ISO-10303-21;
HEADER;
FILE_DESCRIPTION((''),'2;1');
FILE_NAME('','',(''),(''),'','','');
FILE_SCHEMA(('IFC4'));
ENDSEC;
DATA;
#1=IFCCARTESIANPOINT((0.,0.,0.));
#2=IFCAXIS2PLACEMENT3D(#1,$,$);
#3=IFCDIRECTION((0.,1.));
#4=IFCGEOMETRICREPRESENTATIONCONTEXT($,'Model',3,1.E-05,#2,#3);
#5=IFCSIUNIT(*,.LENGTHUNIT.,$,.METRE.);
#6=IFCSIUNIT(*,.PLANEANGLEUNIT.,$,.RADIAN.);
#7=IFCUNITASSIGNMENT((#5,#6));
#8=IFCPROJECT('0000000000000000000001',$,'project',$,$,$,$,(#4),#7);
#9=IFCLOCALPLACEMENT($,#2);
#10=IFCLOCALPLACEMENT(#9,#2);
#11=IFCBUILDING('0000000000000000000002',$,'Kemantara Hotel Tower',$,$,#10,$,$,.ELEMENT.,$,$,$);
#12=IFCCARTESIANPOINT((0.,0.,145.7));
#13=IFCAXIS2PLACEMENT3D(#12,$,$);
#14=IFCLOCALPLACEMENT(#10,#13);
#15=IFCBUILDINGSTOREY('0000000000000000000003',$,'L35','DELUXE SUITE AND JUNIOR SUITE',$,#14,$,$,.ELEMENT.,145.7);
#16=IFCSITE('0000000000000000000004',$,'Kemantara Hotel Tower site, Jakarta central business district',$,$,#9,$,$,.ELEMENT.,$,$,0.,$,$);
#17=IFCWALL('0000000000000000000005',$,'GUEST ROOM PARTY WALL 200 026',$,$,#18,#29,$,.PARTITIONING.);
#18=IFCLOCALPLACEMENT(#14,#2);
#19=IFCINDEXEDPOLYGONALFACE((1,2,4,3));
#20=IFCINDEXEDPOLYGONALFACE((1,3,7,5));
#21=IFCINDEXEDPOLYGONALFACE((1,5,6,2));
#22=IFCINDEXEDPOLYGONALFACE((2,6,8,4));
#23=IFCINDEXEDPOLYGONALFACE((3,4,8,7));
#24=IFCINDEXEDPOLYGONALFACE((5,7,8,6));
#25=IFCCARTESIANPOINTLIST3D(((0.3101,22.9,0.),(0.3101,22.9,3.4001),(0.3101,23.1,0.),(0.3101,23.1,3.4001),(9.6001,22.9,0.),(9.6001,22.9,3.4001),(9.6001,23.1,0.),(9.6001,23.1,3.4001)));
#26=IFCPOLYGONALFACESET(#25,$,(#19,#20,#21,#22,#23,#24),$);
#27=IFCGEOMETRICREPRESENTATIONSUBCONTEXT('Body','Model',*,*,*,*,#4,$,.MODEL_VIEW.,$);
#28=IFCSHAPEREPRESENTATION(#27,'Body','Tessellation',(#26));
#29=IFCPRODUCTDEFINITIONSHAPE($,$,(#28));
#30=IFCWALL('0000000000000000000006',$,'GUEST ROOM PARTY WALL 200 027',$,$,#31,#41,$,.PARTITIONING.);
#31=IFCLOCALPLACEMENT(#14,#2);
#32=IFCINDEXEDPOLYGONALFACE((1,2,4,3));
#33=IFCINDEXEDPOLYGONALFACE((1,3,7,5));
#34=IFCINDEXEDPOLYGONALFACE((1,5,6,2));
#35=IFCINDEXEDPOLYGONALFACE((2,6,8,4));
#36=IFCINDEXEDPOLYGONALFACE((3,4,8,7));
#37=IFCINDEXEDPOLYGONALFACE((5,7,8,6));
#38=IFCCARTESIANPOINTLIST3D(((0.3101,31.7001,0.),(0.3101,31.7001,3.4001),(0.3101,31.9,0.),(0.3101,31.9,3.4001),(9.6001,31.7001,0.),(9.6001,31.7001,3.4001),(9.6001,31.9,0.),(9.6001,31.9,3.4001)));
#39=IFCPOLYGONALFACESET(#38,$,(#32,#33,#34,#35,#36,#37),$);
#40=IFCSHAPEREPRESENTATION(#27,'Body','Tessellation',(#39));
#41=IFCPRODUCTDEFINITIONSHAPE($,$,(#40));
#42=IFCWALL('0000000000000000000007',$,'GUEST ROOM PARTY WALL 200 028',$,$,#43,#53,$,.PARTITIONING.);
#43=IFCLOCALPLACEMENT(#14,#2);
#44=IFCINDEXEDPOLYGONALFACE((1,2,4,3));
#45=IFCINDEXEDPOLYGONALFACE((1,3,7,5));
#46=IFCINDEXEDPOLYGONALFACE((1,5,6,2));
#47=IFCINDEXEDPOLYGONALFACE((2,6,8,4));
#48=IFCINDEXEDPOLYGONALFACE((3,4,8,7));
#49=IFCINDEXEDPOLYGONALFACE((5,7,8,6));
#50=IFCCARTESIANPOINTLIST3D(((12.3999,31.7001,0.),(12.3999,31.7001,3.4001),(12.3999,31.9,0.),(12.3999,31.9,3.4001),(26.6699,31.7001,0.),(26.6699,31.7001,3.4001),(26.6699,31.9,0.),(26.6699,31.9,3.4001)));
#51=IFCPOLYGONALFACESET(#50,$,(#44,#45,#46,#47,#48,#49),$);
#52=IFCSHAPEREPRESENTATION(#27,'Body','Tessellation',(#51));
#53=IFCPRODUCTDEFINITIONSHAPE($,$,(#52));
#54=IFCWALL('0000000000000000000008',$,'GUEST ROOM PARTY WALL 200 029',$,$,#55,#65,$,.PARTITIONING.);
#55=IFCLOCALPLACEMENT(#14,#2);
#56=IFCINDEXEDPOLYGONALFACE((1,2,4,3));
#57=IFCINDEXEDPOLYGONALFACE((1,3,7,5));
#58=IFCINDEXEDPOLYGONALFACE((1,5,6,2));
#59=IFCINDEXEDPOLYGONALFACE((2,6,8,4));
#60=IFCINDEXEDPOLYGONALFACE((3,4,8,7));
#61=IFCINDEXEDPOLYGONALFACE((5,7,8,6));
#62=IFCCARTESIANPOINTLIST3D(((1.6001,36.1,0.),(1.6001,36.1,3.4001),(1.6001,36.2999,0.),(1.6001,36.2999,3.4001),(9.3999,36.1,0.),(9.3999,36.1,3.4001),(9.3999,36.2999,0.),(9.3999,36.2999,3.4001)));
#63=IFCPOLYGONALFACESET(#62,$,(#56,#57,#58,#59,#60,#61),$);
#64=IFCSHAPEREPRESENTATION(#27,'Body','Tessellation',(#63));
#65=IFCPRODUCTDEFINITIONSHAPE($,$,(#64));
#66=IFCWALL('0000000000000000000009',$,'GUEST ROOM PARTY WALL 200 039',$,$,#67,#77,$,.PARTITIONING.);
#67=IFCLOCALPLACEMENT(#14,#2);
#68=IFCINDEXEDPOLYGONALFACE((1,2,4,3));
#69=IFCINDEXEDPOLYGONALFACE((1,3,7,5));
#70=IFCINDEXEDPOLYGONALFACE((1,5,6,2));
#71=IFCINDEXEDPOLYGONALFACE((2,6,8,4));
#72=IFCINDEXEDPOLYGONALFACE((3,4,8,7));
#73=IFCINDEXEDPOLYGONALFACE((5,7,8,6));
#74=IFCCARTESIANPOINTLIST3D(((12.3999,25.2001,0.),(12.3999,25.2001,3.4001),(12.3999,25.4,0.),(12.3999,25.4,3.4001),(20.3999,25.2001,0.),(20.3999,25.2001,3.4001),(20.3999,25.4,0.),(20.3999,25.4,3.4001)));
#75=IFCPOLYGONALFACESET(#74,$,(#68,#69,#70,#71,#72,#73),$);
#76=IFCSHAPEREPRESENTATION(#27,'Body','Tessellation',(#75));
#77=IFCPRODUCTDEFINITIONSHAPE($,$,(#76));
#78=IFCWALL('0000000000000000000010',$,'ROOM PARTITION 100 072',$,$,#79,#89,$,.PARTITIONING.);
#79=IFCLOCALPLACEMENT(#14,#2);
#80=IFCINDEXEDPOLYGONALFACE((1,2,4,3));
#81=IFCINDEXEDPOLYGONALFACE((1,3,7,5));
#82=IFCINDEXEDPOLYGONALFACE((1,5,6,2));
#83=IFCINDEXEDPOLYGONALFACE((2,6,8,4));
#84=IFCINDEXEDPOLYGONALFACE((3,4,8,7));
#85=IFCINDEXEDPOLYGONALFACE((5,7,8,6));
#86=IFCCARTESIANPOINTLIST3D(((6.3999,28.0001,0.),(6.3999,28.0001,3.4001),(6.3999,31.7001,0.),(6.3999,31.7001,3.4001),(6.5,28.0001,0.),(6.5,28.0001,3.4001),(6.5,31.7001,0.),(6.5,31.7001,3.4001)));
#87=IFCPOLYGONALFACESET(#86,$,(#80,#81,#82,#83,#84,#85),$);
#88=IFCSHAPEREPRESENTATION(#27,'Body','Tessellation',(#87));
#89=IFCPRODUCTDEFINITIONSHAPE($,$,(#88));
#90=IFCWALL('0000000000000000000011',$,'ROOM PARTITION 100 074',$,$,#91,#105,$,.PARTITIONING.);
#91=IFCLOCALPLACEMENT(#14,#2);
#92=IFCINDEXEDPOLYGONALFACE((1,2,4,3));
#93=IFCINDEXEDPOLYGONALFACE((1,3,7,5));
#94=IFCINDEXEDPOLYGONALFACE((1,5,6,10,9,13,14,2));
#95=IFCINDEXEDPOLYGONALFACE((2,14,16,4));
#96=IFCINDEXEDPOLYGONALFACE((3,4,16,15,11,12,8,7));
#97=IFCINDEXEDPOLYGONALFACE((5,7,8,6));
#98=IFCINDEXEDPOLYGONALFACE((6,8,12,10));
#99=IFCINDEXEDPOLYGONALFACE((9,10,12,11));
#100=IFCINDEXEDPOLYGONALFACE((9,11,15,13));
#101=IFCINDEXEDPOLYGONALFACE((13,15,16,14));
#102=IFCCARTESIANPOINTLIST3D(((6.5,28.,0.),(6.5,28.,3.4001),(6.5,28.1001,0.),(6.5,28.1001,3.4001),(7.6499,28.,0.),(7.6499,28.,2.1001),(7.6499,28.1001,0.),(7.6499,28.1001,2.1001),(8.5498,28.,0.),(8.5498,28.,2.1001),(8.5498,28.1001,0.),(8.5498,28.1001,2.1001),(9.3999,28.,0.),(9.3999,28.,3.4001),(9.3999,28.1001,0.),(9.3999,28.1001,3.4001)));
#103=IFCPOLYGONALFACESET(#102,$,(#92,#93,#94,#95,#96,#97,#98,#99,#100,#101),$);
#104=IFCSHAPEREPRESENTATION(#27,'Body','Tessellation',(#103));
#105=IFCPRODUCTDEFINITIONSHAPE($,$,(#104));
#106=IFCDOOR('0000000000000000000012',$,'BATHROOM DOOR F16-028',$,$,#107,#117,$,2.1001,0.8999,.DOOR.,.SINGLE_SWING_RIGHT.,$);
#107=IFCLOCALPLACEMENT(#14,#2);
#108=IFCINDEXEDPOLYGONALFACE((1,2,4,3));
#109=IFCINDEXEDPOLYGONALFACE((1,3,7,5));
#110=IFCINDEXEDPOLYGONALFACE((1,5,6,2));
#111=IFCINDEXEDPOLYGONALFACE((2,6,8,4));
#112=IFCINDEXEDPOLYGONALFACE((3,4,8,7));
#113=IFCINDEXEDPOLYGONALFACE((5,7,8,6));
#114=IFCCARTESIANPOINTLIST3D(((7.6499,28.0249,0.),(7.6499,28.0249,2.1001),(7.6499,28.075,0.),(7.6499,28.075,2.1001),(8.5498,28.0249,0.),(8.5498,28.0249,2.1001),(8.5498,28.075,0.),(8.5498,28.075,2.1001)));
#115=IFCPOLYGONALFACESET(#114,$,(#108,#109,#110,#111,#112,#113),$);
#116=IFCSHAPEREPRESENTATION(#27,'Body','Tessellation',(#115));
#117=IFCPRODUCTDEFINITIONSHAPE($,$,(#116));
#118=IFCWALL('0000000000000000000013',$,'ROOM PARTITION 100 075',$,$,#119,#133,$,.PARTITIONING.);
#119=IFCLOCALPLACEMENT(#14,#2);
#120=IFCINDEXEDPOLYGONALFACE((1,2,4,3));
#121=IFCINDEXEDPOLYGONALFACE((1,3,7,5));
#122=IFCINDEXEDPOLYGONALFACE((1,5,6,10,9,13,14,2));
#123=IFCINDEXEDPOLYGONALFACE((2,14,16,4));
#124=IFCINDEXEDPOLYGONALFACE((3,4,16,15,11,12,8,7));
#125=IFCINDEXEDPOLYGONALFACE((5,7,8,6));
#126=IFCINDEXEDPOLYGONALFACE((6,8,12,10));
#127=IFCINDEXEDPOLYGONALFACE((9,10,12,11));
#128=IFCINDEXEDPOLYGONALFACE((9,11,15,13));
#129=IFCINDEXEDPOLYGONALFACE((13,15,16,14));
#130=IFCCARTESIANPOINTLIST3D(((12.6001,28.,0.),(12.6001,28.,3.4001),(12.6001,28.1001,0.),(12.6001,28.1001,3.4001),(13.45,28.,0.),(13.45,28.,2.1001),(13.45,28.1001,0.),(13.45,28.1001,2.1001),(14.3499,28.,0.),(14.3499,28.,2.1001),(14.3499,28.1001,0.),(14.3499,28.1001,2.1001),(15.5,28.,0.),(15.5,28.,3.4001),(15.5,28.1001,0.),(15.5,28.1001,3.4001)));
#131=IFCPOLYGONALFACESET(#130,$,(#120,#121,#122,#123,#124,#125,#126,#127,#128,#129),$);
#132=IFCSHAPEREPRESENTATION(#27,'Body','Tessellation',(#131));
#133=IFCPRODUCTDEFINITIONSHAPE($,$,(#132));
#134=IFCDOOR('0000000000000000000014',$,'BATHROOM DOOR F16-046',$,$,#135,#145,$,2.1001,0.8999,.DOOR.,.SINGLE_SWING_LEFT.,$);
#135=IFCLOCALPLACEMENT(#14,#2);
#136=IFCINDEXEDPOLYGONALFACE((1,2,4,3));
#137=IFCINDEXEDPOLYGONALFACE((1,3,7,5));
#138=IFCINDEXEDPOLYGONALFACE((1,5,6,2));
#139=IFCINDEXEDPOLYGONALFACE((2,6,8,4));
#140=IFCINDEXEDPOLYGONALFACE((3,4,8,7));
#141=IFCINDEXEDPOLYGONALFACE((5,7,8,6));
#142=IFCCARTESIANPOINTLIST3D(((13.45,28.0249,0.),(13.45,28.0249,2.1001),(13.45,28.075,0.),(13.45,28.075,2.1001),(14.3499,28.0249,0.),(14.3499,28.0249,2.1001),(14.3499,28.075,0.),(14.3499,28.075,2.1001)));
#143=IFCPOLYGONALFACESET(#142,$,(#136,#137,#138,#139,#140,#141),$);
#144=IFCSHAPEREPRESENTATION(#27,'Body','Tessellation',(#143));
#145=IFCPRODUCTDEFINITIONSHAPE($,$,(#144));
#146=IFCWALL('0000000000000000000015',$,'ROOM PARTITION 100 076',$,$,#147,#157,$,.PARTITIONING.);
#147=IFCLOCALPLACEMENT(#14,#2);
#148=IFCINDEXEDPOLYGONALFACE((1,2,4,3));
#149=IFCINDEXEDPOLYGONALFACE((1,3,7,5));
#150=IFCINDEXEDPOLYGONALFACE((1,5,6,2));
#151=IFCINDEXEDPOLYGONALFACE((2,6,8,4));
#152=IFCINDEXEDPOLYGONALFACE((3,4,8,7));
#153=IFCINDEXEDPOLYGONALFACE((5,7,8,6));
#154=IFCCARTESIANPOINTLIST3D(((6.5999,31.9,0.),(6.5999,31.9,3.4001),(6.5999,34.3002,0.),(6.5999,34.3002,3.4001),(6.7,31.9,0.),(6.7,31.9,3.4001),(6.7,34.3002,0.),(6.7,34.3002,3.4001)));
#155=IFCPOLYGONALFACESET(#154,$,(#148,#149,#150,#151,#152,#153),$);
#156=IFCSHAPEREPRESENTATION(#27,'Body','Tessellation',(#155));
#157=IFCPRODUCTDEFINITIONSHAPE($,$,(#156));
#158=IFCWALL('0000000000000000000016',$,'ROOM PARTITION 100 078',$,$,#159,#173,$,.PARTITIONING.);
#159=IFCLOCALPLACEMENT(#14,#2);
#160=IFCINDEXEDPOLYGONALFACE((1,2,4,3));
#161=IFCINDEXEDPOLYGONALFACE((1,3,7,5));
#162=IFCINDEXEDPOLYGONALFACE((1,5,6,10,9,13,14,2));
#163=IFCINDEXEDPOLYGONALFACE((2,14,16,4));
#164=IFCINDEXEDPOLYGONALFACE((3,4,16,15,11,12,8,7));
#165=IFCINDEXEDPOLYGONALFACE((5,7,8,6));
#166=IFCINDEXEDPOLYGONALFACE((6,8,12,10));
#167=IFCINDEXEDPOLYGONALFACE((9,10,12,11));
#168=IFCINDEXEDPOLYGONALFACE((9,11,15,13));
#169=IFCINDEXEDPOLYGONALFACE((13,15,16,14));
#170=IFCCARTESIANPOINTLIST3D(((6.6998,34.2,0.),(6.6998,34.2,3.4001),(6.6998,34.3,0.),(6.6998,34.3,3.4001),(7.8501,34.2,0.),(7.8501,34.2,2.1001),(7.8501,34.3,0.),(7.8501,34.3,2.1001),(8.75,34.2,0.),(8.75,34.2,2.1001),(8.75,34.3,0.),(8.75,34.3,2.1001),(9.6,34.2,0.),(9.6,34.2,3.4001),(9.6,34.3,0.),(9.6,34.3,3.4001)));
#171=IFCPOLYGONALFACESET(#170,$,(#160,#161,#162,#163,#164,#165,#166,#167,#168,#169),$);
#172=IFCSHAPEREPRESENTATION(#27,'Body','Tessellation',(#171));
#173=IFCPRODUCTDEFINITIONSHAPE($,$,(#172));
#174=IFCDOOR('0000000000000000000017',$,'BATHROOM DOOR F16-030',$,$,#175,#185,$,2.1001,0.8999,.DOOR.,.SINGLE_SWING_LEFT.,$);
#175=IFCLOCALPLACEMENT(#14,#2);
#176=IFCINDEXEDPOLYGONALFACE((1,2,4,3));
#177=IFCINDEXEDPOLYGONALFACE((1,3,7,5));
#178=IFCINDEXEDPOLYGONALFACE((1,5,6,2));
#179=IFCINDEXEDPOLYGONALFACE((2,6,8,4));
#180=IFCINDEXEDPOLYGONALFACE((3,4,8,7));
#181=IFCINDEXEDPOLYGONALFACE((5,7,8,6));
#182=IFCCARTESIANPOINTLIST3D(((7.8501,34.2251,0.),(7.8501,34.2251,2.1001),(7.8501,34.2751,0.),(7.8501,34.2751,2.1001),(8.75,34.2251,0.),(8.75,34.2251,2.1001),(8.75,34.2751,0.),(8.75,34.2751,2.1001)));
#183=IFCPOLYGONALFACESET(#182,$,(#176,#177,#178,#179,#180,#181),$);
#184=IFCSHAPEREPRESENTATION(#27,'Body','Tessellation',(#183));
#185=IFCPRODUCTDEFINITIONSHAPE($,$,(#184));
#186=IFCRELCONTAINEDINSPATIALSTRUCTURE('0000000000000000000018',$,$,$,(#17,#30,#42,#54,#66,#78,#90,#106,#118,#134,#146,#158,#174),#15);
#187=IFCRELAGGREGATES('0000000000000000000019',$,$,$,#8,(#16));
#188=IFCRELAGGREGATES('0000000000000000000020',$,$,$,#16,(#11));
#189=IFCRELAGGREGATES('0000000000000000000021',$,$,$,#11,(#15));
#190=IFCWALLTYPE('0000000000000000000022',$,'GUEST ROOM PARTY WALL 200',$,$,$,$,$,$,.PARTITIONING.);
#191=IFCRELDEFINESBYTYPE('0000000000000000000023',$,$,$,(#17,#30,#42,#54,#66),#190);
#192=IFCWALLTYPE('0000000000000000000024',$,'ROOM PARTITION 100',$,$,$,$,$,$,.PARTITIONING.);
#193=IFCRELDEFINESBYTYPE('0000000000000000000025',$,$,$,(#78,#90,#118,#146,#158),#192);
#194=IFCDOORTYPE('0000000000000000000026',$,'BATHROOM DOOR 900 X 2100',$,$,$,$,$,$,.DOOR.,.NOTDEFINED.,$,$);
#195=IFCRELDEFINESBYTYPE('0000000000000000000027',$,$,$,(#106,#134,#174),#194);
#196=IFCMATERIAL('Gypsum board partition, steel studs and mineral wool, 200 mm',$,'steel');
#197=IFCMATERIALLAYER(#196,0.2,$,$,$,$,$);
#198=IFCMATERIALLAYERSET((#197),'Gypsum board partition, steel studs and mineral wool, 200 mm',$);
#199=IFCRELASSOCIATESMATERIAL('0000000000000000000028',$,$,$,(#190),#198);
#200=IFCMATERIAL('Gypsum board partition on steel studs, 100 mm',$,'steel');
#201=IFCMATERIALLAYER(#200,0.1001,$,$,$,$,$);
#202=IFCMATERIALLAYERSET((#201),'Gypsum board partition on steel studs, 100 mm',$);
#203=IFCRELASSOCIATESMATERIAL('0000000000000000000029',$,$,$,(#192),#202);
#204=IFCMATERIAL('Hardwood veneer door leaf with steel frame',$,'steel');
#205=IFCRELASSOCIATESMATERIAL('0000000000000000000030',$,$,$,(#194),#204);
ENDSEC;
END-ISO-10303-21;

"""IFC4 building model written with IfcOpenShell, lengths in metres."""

from ifc_helpers import new_model, si_unit, direction, frame, frame_2d, origin, place, context, subcontext, project, spatial, rectangle, extrude, material, layer, layer_set, type_object, element, fill, save


model = new_model("IFC4")

# Units and contexts
model_context = context("Model", 3, precision=1e-05, world=origin(), true_north=direction((0.0, 1.0)))
body_context = subcontext(model_context, "Body", "Model", "MODEL_VIEW")
ifc_project = project(units=[si_unit("LENGTHUNIT", "METRE"), si_unit("PLANEANGLEUNIT", "RADIAN")], contexts=[model_context])

# Site, building, storey
site_placement = place(None, origin())
site = spatial("IfcSite", under=ifc_project, at=site_placement, Name="Kemantara Hotel Tower site, Jakarta central business district", CompositionType="ELEMENT", RefElevation=0.0)
building_placement = place(site_placement, origin())
building = spatial("IfcBuilding", under=site, at=building_placement, Name="Kemantara Hotel Tower", CompositionType="ELEMENT")
storey_placement = place(building_placement, frame((0.0, 0.0, 145.7)))
storey = spatial("IfcBuildingStorey", under=building, at=storey_placement, Name="L35", Description="DELUXE SUITE AND JUNIOR SUITE", CompositionType="ELEMENT", Elevation=145.7)

# Shared definitions
ifc_material_1 = material(Name="Gypsum board partition, steel studs and mineral wool, 200 mm", Category="steel")
ifc_material_2 = material(Name="Hardwood veneer door leaf with steel frame", Category="steel")

# Walls
ifc_layer_1 = layer(ifc_material_1, 0.2)
ifc_layer_set_1 = layer_set([ifc_layer_1], Name="Gypsum board partition, steel studs and mineral wool, 200 mm")
wall_type_1 = type_object("IfcWallType", Name="GUEST ROOM PARTY WALL 200", PredefinedType="PARTITIONING", material=ifc_layer_set_1)
for number, where, z_axis, x_axis, name in (
    (1, (0.3101, 23.0, 0.0), (0.0, 0.0, 1.0), (1.0, 0.0, 0.0), "GUEST ROOM PARTY WALL 200 026"),
    (2, (0.3101, 31.8, 0.0), (0.0, 0.0, 1.0), (1.0, 0.0, 0.0), "GUEST ROOM PARTY WALL 200 027"),
):
    element("IfcWall", number, at=place(storey_placement, frame(where, z_axis=z_axis, x_axis=x_axis)), inside=storey, type_object=wall_type_1, Name=name, PredefinedType="PARTITIONING", context=body_context, shape_type="SweptSolid", body=[
        extrude(rectangle(XDim=9.29, YDim=0.2, at=frame_2d((4.645, 0.0))), origin(), (0.0, 0.0, 1.0), 3.4001),
    ])
wall_1_placement = place(storey_placement, frame((12.3999, 31.8, 0.0), z_axis=(0.0, 0.0, 1.0), x_axis=(1.0, 0.0, 0.0)))
element("IfcWall", 3, at=wall_1_placement, inside=storey, type_object=wall_type_1, Name="GUEST ROOM PARTY WALL 200 028", PredefinedType="PARTITIONING", context=body_context, shape_type="SweptSolid", body=[
    extrude(rectangle(XDim=14.27, YDim=0.2, at=frame_2d((7.135, 0.0))), origin(), (0.0, 0.0, 1.0), 3.4001),
])
wall_2_placement = place(storey_placement, frame((1.6001, 36.2, 0.0), z_axis=(0.0, 0.0, 1.0), x_axis=(1.0, 0.0, 0.0)))
element("IfcWall", 4, at=wall_2_placement, inside=storey, type_object=wall_type_1, Name="GUEST ROOM PARTY WALL 200 029", PredefinedType="PARTITIONING", context=body_context, shape_type="SweptSolid", body=[
    extrude(rectangle(XDim=7.7998, YDim=0.2, at=frame_2d((3.8999, 0.0))), origin(), (0.0, 0.0, 1.0), 3.4001),
])
wall_3_placement = place(storey_placement, frame((12.3999, 25.3, 0.0), z_axis=(0.0, 0.0, 1.0), x_axis=(1.0, 0.0, 0.0)))
element("IfcWall", 5, at=wall_3_placement, inside=storey, type_object=wall_type_1, Name="GUEST ROOM PARTY WALL 200 039", PredefinedType="PARTITIONING", context=body_context, shape_type="SweptSolid", body=[
    extrude(rectangle(XDim=8.0, YDim=0.2, at=frame_2d((4.0, 0.0))), origin(), (0.0, 0.0, 1.0), 3.4001),
])
ifc_material_3 = material(Name="Gypsum board partition on steel studs, 100 mm", Category="steel")
ifc_layer_2 = layer(ifc_material_3, 0.1001)
ifc_layer_set_2 = layer_set([ifc_layer_2], Name="Gypsum board partition on steel studs, 100 mm")
wall_type_2 = type_object("IfcWallType", Name="ROOM PARTITION 100", PredefinedType="PARTITIONING", material=ifc_layer_set_2)
wall_4_placement = place(storey_placement, frame((6.45, 28.0, 0.0), z_axis=(0.0, 0.0, 1.0), x_axis=(0.0, 1.0, 0.0)))
element("IfcWall", 6, at=wall_4_placement, inside=storey, type_object=wall_type_2, Name="ROOM PARTITION 100 072", PredefinedType="PARTITIONING", context=body_context, shape_type="SweptSolid", body=[
    extrude(rectangle(XDim=3.7, YDim=0.1001, at=frame_2d((1.8501, 0.0))), origin(), (0.0, 0.0, 1.0), 3.4001),
])

# Walls, openings, doors
wall_5_placement = place(storey_placement, frame((6.5, 28.05, 0.0), z_axis=(0.0, 0.0, 1.0), x_axis=(1.0, 0.0, 0.0)))
wall_5 = element("IfcWall", 7, at=wall_5_placement, inside=storey, type_object=wall_type_2, Name="ROOM PARTITION 100 074", PredefinedType="PARTITIONING", context=body_context, shape_type="SweptSolid", body=[
    extrude(rectangle(XDim=2.8999, YDim=0.1001, at=frame_2d((1.45, 0.0))), origin(), (0.0, 0.0, 1.0), 3.4001),
])
opening_1_placement = place(wall_5_placement, frame((1.1499, 0.0, 0.0)))
opening_1 = element("IfcOpeningElement", 8, at=opening_1_placement, cuts=wall_5, PredefinedType="OPENING", context=body_context, shape_type="SweptSolid", body=[
    extrude(rectangle(XDim=0.8999, YDim=2.1001, at=frame_2d((0.45, 1.05))), frame((0.0, 0.0601, 0.0), z_axis=(0.0, -1.0, 0.0), x_axis=(1.0, 0.0, 0.0)), (0.0, 0.0, 1.0), 0.1201),
])
door_type_1 = type_object("IfcDoorType", Name="BATHROOM DOOR 900 X 2100", OperationType="NOTDEFINED", PredefinedType="DOOR", material=ifc_material_2)
door_1_placement = place(opening_1_placement, origin())
door_1 = element("IfcDoor", 9, at=door_1_placement, inside=storey, type_object=door_type_1, Name="BATHROOM DOOR F16-028", OperationType="SINGLE_SWING_RIGHT", OverallHeight=2.1001, OverallWidth=0.8999, PredefinedType="DOOR", context=body_context, shape_type="SweptSolid", body=[
    extrude(rectangle(XDim=0.8999, YDim=2.1001, at=frame_2d((0.45, 1.05))), frame((0.0, 0.0249, 0.0), z_axis=(0.0, -1.0, 0.0), x_axis=(1.0, 0.0, 0.0)), (0.0, 0.0, 1.0), 0.05),
])
fill(opening_1, door_1)
wall_6_placement = place(storey_placement, frame((12.6001, 28.05, 0.0), z_axis=(0.0, 0.0, 1.0), x_axis=(1.0, 0.0, 0.0)))
wall_6 = element("IfcWall", 10, at=wall_6_placement, inside=storey, type_object=wall_type_2, Name="ROOM PARTITION 100 075", PredefinedType="PARTITIONING", context=body_context, shape_type="SweptSolid", body=[
    extrude(rectangle(XDim=2.8999, YDim=0.1001, at=frame_2d((1.45, 0.0))), origin(), (0.0, 0.0, 1.0), 3.4001),
])
opening_2_placement = place(wall_6_placement, frame((0.8499, 0.0, 0.0)))
opening_2 = element("IfcOpeningElement", 11, at=opening_2_placement, cuts=wall_6, PredefinedType="OPENING", context=body_context, shape_type="SweptSolid", body=[
    extrude(rectangle(XDim=0.8999, YDim=2.1001, at=frame_2d((0.45, 1.05))), frame((0.0, 0.0601, 0.0), z_axis=(0.0, -1.0, 0.0), x_axis=(1.0, 0.0, 0.0)), (0.0, 0.0, 1.0), 0.1201),
])
door_2_placement = place(opening_2_placement, origin())
door_2 = element("IfcDoor", 12, at=door_2_placement, inside=storey, type_object=door_type_1, Name="BATHROOM DOOR F16-046", OperationType="SINGLE_SWING_LEFT", OverallHeight=2.1001, OverallWidth=0.8999, PredefinedType="DOOR", context=body_context, shape_type="SweptSolid", body=[
    extrude(rectangle(XDim=0.8999, YDim=2.1001, at=frame_2d((0.45, 1.05))), frame((0.0, 0.0249, 0.0), z_axis=(0.0, -1.0, 0.0), x_axis=(1.0, 0.0, 0.0)), (0.0, 0.0, 1.0), 0.05),
])
fill(opening_2, door_2)

# Wall
wall_7_placement = place(storey_placement, frame((6.6499, 31.8999, 0.0), z_axis=(0.0, 0.0, 1.0), x_axis=(0.0, 1.0, 0.0)))
element("IfcWall", 13, at=wall_7_placement, inside=storey, type_object=wall_type_2, Name="ROOM PARTITION 100 076", PredefinedType="PARTITIONING", context=body_context, shape_type="SweptSolid", body=[
    extrude(rectangle(XDim=2.4001, YDim=0.1001, at=frame_2d((1.2002, 0.0))), origin(), (0.0, 0.0, 1.0), 3.4001),
])

# Wall, opening, door
wall_8_placement = place(storey_placement, frame((9.6001, 34.25, 0.0), z_axis=(0.0, 0.0, 1.0), x_axis=(-1.0, 0.0, 0.0)))
wall_8 = element("IfcWall", 14, at=wall_8_placement, inside=storey, type_object=wall_type_2, Name="ROOM PARTITION 100 078", PredefinedType="PARTITIONING", context=body_context, shape_type="SweptSolid", body=[
    extrude(rectangle(XDim=2.9001, YDim=0.1001, at=frame_2d((1.4502, 0.0))), origin(), (0.0, 0.0, 1.0), 3.4001),
])
opening_3_placement = place(wall_8_placement, frame((0.8501, 0.0, 0.0)))
opening_3 = element("IfcOpeningElement", 15, at=opening_3_placement, cuts=wall_8, PredefinedType="OPENING", context=body_context, shape_type="SweptSolid", body=[
    extrude(rectangle(XDim=0.8999, YDim=2.1001, at=frame_2d((0.45, 1.05))), frame((0.0, 0.0601, 0.0), z_axis=(0.0, -1.0, 0.0), x_axis=(1.0, 0.0, 0.0)), (0.0, 0.0, 1.0), 0.1201),
])
door_3_placement = place(opening_3_placement, origin())
door_3 = element("IfcDoor", 16, at=door_3_placement, inside=storey, type_object=door_type_1, Name="BATHROOM DOOR F16-030", OperationType="SINGLE_SWING_LEFT", OverallHeight=2.1001, OverallWidth=0.8999, PredefinedType="DOOR", context=body_context, shape_type="SweptSolid", body=[
    extrude(rectangle(XDim=0.8999, YDim=2.1001, at=frame_2d((0.45, 1.05))), frame((0.0, 0.0249, 0.0), z_axis=(0.0, -1.0, 0.0), x_axis=(1.0, 0.0, 0.0)), (0.0, 0.0, 1.0), 0.05),
])
fill(opening_3, door_3)

save(model, "model.ifc")
